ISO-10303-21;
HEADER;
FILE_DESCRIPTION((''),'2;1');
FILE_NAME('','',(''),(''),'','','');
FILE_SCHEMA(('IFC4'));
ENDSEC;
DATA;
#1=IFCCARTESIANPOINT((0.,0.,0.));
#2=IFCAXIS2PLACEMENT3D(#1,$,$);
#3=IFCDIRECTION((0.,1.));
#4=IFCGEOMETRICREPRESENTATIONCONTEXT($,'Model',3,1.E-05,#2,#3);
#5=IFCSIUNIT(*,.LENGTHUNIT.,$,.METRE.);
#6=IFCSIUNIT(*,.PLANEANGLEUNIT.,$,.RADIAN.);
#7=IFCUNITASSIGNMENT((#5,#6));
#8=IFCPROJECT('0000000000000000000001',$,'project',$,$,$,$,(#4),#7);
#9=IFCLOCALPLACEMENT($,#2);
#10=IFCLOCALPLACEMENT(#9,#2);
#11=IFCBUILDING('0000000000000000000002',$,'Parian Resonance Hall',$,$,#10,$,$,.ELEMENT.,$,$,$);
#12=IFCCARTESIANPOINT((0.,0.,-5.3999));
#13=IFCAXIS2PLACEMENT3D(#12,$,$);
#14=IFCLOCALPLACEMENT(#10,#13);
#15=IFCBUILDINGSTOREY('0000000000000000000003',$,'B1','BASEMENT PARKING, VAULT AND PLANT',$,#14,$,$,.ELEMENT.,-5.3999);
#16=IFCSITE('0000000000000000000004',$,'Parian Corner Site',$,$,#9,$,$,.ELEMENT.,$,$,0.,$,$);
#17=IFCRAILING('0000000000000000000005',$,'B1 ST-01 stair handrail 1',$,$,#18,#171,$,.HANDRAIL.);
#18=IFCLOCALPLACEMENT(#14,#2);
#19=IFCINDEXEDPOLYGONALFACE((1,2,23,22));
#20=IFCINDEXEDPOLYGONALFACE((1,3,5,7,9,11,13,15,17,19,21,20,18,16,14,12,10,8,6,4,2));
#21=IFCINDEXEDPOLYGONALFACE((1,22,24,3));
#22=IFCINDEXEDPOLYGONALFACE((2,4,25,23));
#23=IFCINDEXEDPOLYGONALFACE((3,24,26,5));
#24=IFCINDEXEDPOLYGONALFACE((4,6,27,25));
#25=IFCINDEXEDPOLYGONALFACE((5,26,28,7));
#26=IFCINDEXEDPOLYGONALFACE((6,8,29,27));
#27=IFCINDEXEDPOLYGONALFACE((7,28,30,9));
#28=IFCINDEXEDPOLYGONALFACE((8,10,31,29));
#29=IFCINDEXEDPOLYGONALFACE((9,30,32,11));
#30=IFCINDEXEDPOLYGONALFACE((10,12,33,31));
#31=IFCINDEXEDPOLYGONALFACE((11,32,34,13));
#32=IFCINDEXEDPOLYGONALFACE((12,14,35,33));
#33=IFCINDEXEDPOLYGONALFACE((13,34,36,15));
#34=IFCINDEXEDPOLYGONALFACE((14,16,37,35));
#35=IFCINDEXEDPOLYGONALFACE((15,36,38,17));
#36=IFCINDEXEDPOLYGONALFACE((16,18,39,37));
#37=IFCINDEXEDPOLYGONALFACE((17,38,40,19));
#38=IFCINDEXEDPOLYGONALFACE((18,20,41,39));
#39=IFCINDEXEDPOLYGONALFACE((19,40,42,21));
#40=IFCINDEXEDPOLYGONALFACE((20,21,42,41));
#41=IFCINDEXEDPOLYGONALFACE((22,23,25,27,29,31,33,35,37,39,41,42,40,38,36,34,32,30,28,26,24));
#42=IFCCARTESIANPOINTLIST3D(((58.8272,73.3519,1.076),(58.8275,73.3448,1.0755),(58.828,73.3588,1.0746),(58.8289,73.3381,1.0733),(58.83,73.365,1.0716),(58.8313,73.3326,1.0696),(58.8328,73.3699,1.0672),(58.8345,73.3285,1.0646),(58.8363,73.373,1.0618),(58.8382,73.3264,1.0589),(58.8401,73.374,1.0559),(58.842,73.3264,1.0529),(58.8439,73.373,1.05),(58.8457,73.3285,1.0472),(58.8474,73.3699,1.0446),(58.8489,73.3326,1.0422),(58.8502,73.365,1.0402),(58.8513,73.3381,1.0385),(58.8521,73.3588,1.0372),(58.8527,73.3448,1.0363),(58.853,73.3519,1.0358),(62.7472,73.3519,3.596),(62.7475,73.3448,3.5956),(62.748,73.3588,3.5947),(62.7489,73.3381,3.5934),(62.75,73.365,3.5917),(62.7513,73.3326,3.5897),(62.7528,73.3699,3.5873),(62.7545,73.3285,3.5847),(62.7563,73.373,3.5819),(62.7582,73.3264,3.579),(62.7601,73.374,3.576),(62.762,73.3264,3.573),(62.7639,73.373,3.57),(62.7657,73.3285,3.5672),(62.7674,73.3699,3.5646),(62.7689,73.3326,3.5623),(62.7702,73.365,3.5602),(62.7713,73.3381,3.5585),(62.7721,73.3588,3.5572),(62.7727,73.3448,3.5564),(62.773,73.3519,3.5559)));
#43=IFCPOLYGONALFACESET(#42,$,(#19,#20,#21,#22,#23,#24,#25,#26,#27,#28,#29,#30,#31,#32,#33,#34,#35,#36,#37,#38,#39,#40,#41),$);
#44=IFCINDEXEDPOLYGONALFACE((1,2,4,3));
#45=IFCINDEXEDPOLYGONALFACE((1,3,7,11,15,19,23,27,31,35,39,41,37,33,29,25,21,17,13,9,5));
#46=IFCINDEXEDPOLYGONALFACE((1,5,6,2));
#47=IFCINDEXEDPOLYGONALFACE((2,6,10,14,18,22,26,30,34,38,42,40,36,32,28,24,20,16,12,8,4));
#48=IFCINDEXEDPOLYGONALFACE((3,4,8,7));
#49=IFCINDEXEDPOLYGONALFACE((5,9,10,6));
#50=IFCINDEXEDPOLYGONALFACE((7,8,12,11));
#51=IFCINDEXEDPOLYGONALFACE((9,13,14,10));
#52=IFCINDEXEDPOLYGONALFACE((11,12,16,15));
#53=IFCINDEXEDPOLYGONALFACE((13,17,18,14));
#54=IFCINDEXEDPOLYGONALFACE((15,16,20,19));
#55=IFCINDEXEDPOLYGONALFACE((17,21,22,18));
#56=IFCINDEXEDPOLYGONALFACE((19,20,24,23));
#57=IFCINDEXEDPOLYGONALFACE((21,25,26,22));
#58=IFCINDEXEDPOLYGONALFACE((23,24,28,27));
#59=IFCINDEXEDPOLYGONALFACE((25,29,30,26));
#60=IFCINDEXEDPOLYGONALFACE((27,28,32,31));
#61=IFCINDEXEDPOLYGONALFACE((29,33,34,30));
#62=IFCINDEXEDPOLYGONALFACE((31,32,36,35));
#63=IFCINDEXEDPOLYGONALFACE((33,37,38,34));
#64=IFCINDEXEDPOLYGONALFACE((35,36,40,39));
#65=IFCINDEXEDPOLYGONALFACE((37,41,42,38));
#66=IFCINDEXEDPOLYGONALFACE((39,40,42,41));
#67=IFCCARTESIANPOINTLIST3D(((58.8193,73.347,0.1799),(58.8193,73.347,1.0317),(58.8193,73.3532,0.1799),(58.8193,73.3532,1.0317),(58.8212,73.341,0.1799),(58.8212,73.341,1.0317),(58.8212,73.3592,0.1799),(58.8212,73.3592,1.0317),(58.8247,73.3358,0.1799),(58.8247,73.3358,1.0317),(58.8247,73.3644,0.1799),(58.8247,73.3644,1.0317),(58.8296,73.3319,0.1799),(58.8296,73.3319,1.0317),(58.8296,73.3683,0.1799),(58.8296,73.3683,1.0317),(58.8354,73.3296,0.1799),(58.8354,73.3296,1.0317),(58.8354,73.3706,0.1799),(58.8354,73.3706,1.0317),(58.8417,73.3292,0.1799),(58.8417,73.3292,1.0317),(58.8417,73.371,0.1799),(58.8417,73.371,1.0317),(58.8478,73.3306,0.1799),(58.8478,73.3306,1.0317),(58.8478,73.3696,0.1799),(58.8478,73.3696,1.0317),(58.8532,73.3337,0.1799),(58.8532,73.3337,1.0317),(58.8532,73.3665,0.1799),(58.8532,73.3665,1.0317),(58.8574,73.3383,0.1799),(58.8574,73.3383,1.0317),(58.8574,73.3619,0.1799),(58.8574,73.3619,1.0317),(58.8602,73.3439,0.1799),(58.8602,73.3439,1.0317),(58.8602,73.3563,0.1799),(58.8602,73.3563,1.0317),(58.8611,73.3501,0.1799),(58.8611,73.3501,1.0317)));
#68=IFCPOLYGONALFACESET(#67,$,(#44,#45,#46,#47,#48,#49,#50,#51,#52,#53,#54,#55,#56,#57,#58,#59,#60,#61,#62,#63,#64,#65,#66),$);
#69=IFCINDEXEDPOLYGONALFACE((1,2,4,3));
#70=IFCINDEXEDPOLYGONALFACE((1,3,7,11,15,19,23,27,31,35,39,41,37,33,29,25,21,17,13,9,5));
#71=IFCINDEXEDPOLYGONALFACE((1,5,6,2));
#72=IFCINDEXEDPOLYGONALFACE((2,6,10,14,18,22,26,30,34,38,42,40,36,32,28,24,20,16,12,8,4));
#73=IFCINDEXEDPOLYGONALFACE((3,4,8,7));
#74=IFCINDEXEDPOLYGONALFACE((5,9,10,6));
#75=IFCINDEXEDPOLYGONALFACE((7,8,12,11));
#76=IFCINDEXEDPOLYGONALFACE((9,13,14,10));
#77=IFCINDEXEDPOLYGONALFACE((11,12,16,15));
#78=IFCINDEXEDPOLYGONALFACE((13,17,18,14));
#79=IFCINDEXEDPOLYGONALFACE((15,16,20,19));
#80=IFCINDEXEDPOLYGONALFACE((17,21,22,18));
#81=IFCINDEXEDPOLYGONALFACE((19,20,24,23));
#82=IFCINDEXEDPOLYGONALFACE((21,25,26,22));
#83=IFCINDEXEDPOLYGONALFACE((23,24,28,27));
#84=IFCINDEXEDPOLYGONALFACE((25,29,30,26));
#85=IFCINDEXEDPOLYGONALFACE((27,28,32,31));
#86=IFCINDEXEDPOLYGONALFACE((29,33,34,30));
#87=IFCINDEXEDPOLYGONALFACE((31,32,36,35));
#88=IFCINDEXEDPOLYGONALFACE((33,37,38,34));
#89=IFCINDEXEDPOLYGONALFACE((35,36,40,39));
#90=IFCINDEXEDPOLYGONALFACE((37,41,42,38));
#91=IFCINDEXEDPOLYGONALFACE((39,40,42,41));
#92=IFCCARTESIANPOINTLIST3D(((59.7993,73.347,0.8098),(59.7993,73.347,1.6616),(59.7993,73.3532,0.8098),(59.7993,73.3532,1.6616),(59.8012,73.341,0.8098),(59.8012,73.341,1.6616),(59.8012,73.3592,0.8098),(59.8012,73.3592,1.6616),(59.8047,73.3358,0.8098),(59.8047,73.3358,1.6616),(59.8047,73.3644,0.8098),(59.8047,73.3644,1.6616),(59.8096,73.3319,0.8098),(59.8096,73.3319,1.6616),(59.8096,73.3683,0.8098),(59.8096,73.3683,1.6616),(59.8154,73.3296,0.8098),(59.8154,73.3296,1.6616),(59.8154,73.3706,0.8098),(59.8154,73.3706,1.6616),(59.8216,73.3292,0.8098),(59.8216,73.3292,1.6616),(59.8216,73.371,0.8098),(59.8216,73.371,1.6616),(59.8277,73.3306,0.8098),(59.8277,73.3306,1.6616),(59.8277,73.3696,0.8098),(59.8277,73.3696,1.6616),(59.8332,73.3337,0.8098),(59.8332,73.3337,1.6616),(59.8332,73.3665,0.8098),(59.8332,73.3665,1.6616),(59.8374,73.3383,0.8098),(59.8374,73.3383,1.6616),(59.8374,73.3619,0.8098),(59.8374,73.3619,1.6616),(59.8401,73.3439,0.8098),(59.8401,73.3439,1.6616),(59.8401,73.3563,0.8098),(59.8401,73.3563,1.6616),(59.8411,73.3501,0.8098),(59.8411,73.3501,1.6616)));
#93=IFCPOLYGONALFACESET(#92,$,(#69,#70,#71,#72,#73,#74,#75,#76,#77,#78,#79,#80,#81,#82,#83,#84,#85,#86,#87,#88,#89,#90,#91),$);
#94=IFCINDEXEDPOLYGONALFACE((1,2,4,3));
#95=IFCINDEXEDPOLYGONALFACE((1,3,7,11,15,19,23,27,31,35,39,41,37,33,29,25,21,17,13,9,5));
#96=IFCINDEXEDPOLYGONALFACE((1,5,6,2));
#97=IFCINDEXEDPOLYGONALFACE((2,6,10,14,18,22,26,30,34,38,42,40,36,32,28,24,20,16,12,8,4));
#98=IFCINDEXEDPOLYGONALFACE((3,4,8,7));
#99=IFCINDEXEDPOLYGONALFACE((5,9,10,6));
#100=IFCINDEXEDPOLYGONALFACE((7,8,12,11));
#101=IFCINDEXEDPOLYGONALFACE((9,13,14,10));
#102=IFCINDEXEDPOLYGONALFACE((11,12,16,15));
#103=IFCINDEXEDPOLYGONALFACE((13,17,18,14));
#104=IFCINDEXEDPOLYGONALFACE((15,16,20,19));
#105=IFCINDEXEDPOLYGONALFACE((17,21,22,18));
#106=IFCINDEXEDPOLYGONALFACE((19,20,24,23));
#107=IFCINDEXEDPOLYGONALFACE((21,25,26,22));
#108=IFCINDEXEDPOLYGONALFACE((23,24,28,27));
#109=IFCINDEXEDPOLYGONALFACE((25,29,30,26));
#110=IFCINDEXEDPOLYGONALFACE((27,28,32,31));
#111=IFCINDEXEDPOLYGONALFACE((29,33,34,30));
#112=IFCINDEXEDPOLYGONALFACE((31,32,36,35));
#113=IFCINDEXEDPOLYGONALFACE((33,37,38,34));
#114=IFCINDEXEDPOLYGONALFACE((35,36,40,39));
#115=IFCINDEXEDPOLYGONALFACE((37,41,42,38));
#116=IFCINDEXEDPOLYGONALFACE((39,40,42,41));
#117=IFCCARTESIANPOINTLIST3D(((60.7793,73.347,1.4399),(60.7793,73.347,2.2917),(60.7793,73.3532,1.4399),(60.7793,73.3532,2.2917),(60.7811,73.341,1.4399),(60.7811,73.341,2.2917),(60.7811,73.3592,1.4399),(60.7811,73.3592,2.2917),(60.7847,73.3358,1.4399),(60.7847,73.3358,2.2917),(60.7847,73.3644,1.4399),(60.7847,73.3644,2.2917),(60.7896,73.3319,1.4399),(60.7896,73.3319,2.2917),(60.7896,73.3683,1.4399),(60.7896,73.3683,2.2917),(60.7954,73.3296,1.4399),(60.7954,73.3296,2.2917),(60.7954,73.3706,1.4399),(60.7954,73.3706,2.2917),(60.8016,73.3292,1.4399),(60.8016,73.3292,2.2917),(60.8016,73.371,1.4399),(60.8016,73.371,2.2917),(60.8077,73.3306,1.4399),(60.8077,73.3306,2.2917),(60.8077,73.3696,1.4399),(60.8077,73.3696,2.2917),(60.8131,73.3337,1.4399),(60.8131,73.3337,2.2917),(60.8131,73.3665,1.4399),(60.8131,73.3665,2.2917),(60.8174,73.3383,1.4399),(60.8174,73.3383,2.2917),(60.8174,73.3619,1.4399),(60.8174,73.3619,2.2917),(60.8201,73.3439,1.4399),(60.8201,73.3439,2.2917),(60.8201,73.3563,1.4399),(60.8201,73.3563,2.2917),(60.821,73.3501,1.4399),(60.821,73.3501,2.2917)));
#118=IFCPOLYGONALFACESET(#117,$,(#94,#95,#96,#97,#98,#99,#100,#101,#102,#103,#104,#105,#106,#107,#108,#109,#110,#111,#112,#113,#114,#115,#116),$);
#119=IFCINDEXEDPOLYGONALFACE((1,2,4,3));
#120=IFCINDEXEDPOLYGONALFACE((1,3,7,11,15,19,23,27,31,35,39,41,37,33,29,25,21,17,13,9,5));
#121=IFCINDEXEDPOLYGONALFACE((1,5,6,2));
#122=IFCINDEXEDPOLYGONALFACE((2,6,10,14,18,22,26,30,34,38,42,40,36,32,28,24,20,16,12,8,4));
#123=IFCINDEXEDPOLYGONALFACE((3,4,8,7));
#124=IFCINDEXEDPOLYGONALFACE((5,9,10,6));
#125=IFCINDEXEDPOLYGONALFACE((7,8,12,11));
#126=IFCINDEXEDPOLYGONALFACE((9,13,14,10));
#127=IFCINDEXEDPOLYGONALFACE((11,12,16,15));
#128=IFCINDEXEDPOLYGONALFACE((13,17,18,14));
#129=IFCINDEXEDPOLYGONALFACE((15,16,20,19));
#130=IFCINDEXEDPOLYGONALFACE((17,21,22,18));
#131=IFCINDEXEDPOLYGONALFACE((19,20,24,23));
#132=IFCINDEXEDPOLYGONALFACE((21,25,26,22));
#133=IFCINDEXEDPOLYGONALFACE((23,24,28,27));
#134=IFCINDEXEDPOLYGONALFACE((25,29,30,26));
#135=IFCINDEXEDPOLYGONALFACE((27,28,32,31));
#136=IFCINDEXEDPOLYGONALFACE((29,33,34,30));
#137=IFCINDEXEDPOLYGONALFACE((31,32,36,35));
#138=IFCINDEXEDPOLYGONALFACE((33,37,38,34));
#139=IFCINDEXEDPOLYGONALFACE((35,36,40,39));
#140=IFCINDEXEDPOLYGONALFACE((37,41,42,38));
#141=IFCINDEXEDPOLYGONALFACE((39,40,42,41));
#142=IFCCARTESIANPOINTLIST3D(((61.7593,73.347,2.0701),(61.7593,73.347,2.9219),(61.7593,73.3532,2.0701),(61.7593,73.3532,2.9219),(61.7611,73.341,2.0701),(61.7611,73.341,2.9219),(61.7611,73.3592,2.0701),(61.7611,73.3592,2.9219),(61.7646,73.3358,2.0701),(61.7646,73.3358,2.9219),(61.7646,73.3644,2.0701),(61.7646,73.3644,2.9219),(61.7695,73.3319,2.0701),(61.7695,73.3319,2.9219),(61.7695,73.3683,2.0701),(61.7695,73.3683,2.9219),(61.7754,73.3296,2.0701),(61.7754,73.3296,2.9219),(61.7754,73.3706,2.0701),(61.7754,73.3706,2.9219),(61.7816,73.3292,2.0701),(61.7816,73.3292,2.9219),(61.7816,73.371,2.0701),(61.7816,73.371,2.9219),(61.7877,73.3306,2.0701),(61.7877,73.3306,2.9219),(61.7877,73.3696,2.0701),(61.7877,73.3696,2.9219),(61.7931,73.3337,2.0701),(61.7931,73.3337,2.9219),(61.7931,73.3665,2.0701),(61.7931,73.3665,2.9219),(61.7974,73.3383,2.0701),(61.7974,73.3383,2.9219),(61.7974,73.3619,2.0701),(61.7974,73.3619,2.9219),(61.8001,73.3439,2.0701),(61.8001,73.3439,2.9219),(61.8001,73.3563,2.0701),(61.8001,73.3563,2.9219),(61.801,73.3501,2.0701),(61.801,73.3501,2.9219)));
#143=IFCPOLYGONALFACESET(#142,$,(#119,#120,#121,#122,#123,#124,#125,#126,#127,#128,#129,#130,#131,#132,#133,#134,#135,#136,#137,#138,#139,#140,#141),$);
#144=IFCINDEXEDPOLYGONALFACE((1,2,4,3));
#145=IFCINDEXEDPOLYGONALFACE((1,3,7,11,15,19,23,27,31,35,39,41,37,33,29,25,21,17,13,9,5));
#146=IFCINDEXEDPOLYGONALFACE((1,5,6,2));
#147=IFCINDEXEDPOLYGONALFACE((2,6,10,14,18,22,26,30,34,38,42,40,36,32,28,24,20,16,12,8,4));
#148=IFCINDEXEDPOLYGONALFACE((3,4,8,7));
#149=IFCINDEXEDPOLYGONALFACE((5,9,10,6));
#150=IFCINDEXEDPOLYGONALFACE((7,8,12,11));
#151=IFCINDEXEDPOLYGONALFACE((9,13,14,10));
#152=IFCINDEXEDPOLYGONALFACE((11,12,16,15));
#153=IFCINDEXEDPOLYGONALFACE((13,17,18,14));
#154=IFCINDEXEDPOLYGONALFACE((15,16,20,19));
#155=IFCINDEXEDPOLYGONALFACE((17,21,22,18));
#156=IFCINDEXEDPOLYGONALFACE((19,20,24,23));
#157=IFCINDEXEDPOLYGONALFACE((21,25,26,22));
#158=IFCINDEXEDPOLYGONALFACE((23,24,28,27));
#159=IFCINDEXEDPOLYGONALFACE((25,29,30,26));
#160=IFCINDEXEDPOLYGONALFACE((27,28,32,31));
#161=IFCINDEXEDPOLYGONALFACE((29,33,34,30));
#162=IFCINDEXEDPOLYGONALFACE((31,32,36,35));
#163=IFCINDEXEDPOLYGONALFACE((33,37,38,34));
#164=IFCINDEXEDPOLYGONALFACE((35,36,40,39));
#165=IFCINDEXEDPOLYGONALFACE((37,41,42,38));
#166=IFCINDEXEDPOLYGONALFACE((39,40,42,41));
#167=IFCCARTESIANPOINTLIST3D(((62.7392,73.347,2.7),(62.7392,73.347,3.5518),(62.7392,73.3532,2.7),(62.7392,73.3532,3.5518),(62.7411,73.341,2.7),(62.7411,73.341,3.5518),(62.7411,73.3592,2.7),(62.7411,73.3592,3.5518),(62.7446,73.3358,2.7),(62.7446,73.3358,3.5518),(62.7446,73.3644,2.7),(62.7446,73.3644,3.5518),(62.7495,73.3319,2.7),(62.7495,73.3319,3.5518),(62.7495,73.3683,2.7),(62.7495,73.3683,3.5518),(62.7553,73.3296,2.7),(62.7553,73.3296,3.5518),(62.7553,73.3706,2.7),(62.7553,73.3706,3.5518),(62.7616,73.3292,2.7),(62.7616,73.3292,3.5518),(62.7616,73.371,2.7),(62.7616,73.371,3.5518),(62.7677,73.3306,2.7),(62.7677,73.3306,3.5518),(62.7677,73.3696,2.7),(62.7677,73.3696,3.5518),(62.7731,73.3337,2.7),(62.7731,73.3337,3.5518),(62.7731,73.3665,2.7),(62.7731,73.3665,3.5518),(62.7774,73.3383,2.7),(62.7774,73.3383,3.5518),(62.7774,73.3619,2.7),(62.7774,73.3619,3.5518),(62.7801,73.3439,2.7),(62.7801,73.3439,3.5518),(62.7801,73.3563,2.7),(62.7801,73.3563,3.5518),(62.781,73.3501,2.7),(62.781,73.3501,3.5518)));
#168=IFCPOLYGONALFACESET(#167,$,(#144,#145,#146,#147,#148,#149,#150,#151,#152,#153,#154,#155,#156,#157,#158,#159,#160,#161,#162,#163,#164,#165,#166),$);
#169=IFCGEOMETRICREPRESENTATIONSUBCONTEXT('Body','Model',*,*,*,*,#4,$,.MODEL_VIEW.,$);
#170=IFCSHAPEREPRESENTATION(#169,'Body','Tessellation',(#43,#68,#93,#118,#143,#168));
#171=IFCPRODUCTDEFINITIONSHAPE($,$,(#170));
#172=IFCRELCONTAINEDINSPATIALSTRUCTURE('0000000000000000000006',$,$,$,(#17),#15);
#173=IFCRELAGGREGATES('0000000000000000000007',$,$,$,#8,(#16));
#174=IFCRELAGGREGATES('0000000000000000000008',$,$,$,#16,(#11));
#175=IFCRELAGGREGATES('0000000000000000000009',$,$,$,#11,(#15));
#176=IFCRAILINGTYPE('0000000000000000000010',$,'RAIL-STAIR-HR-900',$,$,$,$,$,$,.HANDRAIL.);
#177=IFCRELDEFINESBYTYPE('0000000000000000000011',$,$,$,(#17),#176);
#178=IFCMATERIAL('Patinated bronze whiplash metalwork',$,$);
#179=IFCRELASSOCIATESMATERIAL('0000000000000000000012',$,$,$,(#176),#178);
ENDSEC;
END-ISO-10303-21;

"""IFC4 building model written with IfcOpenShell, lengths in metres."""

from ifc_helpers import new_model, si_unit, direction, frame, origin, origin_2d, place, context, subcontext, project, spatial, circle, extrude, material, type_object, element, save


model = new_model("IFC4")

# Units and contexts
model_context = context("Model", 3, precision=1e-05, world=origin(), true_north=direction((0.0, 1.0)))
body_context = subcontext(model_context, "Body", "Model", "MODEL_VIEW")
ifc_project = project(units=[si_unit("LENGTHUNIT", "METRE"), si_unit("PLANEANGLEUNIT", "RADIAN")], contexts=[model_context])

# Site, building, storey
site_placement = place(None, origin())
site = spatial("IfcSite", under=ifc_project, at=site_placement, Name="Parian Corner Site", CompositionType="ELEMENT", RefElevation=0.0)
building_placement = place(site_placement, origin())
building = spatial("IfcBuilding", under=site, at=building_placement, Name="Parian Resonance Hall", CompositionType="ELEMENT")
storey_placement = place(building_placement, frame((0.0, 0.0, -5.3999)))
storey = spatial("IfcBuildingStorey", under=building, at=storey_placement, Name="B1", Description="BASEMENT PARKING, VAULT AND PLANT", CompositionType="ELEMENT", Elevation=-5.3999)

# Railing
ifc_material_1 = material(Name="Patinated bronze whiplash metalwork")
railing_type_1 = type_object("IfcRailingType", Name="RAIL-STAIR-HR-900", PredefinedType="HANDRAIL", material=ifc_material_1)
railing_1_placement = place(storey_placement, frame((58.8401, 73.3501, 0.1799)))
element("IfcRailing", 1, at=railing_1_placement, inside=storey, type_object=railing_type_1, Name="B1 ST-01 stair handrail 1", PredefinedType="HANDRAIL", context=body_context, shape_type="SweptSolid", body=[
    extrude(circle(Radius=0.0239, at=origin_2d()), frame((0.0, 0.0, 0.876), z_axis=(0.841172, 0.0, 0.540768), x_axis=(0.0, 1.0, 0.0)), (0.0, 0.0, 1.0), 4.6602),
    extrude(circle(Radius=0.021, at=origin_2d()), origin(), (0.0, 0.0, 1.0), 0.8518),
    extrude(circle(Radius=0.021, at=origin_2d()), frame((0.98, 0.0, 0.6299)), (0.0, 0.0, 1.0), 0.8518),
    extrude(circle(Radius=0.021, at=origin_2d()), frame((1.96, 0.0, 1.26)), (0.0, 0.0, 1.0), 0.8518),
    extrude(circle(Radius=0.021, at=origin_2d()), frame((2.9399, 0.0, 1.8901)), (0.0, 0.0, 1.0), 0.8518),
    extrude(circle(Radius=0.021, at=origin_2d()), frame((3.9199, 0.0, 2.52)), (0.0, 0.0, 1.0), 0.8518),
])

save(model, "model.ifc")
